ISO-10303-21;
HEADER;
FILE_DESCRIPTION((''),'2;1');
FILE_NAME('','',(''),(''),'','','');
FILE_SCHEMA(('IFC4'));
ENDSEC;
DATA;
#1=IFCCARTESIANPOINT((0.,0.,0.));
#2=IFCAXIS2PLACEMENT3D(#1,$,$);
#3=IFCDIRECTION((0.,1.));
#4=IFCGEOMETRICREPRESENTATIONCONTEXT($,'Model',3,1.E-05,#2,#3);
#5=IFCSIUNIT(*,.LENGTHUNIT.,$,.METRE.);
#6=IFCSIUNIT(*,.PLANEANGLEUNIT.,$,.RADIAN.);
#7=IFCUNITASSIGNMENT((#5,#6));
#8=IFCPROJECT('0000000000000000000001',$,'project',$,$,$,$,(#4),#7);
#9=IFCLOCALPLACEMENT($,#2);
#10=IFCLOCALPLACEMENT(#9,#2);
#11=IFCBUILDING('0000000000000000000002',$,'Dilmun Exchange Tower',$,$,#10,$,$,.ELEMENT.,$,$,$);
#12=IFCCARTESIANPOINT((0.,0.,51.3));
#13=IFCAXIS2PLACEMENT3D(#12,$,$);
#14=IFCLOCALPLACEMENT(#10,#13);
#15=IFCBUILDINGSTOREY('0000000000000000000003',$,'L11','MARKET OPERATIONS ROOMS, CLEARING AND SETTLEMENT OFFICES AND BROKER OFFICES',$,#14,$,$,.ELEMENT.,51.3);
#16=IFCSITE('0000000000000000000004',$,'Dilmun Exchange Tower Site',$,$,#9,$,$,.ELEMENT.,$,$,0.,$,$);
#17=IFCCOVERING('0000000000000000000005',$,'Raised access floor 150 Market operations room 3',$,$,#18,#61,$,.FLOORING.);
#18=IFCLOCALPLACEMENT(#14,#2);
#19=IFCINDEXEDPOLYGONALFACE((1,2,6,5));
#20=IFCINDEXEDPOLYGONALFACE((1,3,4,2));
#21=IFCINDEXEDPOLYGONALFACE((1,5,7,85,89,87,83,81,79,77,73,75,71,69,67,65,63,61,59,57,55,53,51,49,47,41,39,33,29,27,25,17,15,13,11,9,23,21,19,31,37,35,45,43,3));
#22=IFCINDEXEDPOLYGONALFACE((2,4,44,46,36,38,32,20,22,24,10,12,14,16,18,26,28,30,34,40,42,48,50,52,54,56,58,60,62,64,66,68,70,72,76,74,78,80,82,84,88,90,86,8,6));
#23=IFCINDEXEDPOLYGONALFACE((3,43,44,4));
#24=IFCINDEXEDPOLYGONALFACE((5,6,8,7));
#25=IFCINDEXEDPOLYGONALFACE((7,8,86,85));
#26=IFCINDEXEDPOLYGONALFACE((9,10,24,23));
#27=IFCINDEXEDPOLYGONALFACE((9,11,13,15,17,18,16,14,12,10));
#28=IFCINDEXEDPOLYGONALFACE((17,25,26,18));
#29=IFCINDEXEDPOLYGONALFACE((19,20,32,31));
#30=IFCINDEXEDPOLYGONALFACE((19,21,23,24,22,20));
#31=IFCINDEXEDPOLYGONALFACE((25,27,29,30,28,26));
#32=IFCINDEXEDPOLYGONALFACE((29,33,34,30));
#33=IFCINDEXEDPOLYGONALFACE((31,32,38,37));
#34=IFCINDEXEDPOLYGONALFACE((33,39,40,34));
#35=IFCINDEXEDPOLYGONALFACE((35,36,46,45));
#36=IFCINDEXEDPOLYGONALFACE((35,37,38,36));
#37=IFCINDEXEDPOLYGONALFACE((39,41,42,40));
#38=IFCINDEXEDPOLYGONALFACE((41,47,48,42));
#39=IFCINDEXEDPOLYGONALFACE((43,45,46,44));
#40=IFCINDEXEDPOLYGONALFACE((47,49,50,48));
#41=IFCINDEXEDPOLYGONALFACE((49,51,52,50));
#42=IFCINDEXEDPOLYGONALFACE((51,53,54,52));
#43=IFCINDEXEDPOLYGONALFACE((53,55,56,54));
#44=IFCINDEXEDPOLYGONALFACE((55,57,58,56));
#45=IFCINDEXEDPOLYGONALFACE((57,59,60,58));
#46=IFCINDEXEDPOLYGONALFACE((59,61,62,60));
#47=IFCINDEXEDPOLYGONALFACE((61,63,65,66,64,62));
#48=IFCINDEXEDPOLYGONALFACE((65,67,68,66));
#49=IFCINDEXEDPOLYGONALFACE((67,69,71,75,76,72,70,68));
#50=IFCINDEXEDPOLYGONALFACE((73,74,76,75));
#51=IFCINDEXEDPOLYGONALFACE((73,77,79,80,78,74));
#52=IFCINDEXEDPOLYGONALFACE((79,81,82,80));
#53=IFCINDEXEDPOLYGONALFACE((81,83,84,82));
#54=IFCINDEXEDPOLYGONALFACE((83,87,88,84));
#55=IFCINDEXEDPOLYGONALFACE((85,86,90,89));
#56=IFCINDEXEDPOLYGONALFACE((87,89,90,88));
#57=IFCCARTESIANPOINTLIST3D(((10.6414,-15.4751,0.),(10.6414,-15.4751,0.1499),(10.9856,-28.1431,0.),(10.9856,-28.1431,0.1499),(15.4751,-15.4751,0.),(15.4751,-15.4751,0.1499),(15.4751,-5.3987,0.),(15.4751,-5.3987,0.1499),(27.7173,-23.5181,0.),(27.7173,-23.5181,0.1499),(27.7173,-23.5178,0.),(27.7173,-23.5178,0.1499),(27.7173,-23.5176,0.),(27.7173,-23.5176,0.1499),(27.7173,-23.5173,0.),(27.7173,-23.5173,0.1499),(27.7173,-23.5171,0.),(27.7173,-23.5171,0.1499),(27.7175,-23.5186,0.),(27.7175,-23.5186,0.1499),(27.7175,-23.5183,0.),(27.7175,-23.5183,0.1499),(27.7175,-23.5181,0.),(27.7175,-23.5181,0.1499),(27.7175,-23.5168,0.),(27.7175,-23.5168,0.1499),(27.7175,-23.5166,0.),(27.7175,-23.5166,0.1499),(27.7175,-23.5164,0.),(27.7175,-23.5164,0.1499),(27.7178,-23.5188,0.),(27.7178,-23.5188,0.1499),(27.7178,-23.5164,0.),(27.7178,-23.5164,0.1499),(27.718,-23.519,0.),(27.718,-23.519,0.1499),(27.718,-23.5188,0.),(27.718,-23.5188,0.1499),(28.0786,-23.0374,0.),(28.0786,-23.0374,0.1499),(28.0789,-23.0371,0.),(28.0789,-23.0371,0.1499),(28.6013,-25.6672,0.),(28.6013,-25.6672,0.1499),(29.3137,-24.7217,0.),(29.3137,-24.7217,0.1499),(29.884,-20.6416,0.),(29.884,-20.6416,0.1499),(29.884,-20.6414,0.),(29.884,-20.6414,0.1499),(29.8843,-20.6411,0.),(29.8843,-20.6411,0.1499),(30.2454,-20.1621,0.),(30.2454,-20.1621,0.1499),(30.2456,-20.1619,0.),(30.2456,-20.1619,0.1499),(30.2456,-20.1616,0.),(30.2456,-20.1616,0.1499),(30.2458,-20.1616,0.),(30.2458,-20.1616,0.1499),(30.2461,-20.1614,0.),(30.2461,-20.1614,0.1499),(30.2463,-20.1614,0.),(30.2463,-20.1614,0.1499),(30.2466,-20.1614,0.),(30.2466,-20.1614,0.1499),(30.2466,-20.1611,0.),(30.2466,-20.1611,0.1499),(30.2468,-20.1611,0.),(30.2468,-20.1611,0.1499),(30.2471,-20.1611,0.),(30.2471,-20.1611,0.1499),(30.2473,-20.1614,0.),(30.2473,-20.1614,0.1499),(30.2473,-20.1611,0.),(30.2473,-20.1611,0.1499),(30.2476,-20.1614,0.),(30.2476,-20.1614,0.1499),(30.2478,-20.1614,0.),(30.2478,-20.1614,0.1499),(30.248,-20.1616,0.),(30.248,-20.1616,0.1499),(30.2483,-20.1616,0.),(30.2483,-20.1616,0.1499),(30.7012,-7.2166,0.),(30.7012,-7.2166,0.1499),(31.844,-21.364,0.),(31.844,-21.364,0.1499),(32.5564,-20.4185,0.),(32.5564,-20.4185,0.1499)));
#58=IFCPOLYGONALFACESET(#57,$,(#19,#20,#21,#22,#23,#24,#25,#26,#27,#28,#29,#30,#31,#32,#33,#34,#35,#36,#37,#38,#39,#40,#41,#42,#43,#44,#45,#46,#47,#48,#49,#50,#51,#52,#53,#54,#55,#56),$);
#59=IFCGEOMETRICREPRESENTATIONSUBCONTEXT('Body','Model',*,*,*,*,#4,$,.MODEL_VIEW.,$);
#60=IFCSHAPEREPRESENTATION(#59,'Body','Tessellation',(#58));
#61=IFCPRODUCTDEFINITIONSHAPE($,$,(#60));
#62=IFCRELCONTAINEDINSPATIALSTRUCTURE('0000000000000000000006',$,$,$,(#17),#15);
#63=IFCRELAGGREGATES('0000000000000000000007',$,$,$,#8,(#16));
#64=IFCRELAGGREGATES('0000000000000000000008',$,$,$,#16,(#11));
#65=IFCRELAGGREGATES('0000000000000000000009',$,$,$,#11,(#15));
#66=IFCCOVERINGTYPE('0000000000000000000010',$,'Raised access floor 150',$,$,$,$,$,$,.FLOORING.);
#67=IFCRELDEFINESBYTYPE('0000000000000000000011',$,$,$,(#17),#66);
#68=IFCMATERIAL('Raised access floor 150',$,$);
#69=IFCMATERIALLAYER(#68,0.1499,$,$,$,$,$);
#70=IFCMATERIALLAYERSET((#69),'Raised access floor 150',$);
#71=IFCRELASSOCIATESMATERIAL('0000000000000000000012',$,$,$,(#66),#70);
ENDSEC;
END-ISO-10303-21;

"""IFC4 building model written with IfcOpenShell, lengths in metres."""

from ifc_helpers import new_model, si_unit, direction, frame, origin, place, context, subcontext, project, spatial, polyline, outline, extrude, material, layer, layer_set, type_object, element, save


model = new_model("IFC4")

# Units and contexts
model_context = context("Model", 3, precision=1e-05, world=origin(), true_north=direction((0.0, 1.0)))
body_context = subcontext(model_context, "Body", "Model", "MODEL_VIEW")
ifc_project = project(units=[si_unit("LENGTHUNIT", "METRE"), si_unit("PLANEANGLEUNIT", "RADIAN")], contexts=[model_context])

# Site, building, storey
site_placement = place(None, origin())
site = spatial("IfcSite", under=ifc_project, at=site_placement, Name="Dilmun Exchange Tower Site", CompositionType="ELEMENT", RefElevation=0.0)
building_placement = place(site_placement, origin())
building = spatial("IfcBuilding", under=site, at=building_placement, Name="Dilmun Exchange Tower", CompositionType="ELEMENT")
storey_placement = place(building_placement, frame((0.0, 0.0, 51.3)))
storey = spatial("IfcBuildingStorey", under=building, at=storey_placement, Name="L11", Description="MARKET OPERATIONS ROOMS, CLEARING AND SETTLEMENT OFFICES AND BROKER OFFICES", CompositionType="ELEMENT", Elevation=51.3)

# Covering
ifc_material_1 = material(Name="Raised access floor 150")
ifc_layer_1 = layer(ifc_material_1, 0.1499)
ifc_layer_set_1 = layer_set([ifc_layer_1], Name="Raised access floor 150")
covering_type_1 = type_object("IfcCoveringType", Name="Raised access floor 150", PredefinedType="FLOORING", material=ifc_layer_set_1)
covering_1_placement = place(storey_placement, origin())
element("IfcCovering", 1, at=covering_1_placement, inside=storey, type_object=covering_type_1, Name="Raised access floor 150 Market operations room 3", PredefinedType="FLOORING", context=body_context, shape_type="SweptSolid", body=[
    extrude(outline(polyline([(10.6414, -15.4751), (15.4751, -15.4751), (15.4751, -5.3987), (30.7012, -7.2166), (32.5564, -20.4185), (31.844, -21.364), (30.2483, -20.1616), (30.248, -20.1616), (30.2478, -20.1614), (30.2476, -20.1614), (30.2473, -20.1614), (30.2473, -20.1611), (30.2471, -20.1611), (30.2468, -20.1611), (30.2466, -20.1611), (30.2466, -20.1614), (30.2463, -20.1614), (30.2461, -20.1614), (30.2458, -20.1616), (30.2458, -20.1616), (30.2456, -20.1616), (30.2456, -20.1619), (30.2454, -20.1621), (29.8843, -20.6411), (29.884, -20.6414), (29.884, -20.6416), (29.884, -20.6416), (29.884, -20.6416), (28.0789, -23.0371), (28.0786, -23.0374), (27.7178, -23.5164), (27.7175, -23.5164), (27.7175, -23.5166), (27.7175, -23.5168), (27.7173, -23.5171), (27.7173, -23.5171), (27.7173, -23.5173), (27.7173, -23.5176), (27.7173, -23.5178), (27.7173, -23.5181), (27.7175, -23.5181), (27.7175, -23.5183), (27.7175, -23.5186), (27.7178, -23.5188), (27.718, -23.5188), (27.718, -23.519), (27.718, -23.519), (29.3137, -24.7217), (28.6013, -25.6672), (10.9856, -28.1431), (10.6414, -15.4751)])), origin(), (0.0, 0.0, 1.0), 0.1499),
])

save(model, "model.ifc")
